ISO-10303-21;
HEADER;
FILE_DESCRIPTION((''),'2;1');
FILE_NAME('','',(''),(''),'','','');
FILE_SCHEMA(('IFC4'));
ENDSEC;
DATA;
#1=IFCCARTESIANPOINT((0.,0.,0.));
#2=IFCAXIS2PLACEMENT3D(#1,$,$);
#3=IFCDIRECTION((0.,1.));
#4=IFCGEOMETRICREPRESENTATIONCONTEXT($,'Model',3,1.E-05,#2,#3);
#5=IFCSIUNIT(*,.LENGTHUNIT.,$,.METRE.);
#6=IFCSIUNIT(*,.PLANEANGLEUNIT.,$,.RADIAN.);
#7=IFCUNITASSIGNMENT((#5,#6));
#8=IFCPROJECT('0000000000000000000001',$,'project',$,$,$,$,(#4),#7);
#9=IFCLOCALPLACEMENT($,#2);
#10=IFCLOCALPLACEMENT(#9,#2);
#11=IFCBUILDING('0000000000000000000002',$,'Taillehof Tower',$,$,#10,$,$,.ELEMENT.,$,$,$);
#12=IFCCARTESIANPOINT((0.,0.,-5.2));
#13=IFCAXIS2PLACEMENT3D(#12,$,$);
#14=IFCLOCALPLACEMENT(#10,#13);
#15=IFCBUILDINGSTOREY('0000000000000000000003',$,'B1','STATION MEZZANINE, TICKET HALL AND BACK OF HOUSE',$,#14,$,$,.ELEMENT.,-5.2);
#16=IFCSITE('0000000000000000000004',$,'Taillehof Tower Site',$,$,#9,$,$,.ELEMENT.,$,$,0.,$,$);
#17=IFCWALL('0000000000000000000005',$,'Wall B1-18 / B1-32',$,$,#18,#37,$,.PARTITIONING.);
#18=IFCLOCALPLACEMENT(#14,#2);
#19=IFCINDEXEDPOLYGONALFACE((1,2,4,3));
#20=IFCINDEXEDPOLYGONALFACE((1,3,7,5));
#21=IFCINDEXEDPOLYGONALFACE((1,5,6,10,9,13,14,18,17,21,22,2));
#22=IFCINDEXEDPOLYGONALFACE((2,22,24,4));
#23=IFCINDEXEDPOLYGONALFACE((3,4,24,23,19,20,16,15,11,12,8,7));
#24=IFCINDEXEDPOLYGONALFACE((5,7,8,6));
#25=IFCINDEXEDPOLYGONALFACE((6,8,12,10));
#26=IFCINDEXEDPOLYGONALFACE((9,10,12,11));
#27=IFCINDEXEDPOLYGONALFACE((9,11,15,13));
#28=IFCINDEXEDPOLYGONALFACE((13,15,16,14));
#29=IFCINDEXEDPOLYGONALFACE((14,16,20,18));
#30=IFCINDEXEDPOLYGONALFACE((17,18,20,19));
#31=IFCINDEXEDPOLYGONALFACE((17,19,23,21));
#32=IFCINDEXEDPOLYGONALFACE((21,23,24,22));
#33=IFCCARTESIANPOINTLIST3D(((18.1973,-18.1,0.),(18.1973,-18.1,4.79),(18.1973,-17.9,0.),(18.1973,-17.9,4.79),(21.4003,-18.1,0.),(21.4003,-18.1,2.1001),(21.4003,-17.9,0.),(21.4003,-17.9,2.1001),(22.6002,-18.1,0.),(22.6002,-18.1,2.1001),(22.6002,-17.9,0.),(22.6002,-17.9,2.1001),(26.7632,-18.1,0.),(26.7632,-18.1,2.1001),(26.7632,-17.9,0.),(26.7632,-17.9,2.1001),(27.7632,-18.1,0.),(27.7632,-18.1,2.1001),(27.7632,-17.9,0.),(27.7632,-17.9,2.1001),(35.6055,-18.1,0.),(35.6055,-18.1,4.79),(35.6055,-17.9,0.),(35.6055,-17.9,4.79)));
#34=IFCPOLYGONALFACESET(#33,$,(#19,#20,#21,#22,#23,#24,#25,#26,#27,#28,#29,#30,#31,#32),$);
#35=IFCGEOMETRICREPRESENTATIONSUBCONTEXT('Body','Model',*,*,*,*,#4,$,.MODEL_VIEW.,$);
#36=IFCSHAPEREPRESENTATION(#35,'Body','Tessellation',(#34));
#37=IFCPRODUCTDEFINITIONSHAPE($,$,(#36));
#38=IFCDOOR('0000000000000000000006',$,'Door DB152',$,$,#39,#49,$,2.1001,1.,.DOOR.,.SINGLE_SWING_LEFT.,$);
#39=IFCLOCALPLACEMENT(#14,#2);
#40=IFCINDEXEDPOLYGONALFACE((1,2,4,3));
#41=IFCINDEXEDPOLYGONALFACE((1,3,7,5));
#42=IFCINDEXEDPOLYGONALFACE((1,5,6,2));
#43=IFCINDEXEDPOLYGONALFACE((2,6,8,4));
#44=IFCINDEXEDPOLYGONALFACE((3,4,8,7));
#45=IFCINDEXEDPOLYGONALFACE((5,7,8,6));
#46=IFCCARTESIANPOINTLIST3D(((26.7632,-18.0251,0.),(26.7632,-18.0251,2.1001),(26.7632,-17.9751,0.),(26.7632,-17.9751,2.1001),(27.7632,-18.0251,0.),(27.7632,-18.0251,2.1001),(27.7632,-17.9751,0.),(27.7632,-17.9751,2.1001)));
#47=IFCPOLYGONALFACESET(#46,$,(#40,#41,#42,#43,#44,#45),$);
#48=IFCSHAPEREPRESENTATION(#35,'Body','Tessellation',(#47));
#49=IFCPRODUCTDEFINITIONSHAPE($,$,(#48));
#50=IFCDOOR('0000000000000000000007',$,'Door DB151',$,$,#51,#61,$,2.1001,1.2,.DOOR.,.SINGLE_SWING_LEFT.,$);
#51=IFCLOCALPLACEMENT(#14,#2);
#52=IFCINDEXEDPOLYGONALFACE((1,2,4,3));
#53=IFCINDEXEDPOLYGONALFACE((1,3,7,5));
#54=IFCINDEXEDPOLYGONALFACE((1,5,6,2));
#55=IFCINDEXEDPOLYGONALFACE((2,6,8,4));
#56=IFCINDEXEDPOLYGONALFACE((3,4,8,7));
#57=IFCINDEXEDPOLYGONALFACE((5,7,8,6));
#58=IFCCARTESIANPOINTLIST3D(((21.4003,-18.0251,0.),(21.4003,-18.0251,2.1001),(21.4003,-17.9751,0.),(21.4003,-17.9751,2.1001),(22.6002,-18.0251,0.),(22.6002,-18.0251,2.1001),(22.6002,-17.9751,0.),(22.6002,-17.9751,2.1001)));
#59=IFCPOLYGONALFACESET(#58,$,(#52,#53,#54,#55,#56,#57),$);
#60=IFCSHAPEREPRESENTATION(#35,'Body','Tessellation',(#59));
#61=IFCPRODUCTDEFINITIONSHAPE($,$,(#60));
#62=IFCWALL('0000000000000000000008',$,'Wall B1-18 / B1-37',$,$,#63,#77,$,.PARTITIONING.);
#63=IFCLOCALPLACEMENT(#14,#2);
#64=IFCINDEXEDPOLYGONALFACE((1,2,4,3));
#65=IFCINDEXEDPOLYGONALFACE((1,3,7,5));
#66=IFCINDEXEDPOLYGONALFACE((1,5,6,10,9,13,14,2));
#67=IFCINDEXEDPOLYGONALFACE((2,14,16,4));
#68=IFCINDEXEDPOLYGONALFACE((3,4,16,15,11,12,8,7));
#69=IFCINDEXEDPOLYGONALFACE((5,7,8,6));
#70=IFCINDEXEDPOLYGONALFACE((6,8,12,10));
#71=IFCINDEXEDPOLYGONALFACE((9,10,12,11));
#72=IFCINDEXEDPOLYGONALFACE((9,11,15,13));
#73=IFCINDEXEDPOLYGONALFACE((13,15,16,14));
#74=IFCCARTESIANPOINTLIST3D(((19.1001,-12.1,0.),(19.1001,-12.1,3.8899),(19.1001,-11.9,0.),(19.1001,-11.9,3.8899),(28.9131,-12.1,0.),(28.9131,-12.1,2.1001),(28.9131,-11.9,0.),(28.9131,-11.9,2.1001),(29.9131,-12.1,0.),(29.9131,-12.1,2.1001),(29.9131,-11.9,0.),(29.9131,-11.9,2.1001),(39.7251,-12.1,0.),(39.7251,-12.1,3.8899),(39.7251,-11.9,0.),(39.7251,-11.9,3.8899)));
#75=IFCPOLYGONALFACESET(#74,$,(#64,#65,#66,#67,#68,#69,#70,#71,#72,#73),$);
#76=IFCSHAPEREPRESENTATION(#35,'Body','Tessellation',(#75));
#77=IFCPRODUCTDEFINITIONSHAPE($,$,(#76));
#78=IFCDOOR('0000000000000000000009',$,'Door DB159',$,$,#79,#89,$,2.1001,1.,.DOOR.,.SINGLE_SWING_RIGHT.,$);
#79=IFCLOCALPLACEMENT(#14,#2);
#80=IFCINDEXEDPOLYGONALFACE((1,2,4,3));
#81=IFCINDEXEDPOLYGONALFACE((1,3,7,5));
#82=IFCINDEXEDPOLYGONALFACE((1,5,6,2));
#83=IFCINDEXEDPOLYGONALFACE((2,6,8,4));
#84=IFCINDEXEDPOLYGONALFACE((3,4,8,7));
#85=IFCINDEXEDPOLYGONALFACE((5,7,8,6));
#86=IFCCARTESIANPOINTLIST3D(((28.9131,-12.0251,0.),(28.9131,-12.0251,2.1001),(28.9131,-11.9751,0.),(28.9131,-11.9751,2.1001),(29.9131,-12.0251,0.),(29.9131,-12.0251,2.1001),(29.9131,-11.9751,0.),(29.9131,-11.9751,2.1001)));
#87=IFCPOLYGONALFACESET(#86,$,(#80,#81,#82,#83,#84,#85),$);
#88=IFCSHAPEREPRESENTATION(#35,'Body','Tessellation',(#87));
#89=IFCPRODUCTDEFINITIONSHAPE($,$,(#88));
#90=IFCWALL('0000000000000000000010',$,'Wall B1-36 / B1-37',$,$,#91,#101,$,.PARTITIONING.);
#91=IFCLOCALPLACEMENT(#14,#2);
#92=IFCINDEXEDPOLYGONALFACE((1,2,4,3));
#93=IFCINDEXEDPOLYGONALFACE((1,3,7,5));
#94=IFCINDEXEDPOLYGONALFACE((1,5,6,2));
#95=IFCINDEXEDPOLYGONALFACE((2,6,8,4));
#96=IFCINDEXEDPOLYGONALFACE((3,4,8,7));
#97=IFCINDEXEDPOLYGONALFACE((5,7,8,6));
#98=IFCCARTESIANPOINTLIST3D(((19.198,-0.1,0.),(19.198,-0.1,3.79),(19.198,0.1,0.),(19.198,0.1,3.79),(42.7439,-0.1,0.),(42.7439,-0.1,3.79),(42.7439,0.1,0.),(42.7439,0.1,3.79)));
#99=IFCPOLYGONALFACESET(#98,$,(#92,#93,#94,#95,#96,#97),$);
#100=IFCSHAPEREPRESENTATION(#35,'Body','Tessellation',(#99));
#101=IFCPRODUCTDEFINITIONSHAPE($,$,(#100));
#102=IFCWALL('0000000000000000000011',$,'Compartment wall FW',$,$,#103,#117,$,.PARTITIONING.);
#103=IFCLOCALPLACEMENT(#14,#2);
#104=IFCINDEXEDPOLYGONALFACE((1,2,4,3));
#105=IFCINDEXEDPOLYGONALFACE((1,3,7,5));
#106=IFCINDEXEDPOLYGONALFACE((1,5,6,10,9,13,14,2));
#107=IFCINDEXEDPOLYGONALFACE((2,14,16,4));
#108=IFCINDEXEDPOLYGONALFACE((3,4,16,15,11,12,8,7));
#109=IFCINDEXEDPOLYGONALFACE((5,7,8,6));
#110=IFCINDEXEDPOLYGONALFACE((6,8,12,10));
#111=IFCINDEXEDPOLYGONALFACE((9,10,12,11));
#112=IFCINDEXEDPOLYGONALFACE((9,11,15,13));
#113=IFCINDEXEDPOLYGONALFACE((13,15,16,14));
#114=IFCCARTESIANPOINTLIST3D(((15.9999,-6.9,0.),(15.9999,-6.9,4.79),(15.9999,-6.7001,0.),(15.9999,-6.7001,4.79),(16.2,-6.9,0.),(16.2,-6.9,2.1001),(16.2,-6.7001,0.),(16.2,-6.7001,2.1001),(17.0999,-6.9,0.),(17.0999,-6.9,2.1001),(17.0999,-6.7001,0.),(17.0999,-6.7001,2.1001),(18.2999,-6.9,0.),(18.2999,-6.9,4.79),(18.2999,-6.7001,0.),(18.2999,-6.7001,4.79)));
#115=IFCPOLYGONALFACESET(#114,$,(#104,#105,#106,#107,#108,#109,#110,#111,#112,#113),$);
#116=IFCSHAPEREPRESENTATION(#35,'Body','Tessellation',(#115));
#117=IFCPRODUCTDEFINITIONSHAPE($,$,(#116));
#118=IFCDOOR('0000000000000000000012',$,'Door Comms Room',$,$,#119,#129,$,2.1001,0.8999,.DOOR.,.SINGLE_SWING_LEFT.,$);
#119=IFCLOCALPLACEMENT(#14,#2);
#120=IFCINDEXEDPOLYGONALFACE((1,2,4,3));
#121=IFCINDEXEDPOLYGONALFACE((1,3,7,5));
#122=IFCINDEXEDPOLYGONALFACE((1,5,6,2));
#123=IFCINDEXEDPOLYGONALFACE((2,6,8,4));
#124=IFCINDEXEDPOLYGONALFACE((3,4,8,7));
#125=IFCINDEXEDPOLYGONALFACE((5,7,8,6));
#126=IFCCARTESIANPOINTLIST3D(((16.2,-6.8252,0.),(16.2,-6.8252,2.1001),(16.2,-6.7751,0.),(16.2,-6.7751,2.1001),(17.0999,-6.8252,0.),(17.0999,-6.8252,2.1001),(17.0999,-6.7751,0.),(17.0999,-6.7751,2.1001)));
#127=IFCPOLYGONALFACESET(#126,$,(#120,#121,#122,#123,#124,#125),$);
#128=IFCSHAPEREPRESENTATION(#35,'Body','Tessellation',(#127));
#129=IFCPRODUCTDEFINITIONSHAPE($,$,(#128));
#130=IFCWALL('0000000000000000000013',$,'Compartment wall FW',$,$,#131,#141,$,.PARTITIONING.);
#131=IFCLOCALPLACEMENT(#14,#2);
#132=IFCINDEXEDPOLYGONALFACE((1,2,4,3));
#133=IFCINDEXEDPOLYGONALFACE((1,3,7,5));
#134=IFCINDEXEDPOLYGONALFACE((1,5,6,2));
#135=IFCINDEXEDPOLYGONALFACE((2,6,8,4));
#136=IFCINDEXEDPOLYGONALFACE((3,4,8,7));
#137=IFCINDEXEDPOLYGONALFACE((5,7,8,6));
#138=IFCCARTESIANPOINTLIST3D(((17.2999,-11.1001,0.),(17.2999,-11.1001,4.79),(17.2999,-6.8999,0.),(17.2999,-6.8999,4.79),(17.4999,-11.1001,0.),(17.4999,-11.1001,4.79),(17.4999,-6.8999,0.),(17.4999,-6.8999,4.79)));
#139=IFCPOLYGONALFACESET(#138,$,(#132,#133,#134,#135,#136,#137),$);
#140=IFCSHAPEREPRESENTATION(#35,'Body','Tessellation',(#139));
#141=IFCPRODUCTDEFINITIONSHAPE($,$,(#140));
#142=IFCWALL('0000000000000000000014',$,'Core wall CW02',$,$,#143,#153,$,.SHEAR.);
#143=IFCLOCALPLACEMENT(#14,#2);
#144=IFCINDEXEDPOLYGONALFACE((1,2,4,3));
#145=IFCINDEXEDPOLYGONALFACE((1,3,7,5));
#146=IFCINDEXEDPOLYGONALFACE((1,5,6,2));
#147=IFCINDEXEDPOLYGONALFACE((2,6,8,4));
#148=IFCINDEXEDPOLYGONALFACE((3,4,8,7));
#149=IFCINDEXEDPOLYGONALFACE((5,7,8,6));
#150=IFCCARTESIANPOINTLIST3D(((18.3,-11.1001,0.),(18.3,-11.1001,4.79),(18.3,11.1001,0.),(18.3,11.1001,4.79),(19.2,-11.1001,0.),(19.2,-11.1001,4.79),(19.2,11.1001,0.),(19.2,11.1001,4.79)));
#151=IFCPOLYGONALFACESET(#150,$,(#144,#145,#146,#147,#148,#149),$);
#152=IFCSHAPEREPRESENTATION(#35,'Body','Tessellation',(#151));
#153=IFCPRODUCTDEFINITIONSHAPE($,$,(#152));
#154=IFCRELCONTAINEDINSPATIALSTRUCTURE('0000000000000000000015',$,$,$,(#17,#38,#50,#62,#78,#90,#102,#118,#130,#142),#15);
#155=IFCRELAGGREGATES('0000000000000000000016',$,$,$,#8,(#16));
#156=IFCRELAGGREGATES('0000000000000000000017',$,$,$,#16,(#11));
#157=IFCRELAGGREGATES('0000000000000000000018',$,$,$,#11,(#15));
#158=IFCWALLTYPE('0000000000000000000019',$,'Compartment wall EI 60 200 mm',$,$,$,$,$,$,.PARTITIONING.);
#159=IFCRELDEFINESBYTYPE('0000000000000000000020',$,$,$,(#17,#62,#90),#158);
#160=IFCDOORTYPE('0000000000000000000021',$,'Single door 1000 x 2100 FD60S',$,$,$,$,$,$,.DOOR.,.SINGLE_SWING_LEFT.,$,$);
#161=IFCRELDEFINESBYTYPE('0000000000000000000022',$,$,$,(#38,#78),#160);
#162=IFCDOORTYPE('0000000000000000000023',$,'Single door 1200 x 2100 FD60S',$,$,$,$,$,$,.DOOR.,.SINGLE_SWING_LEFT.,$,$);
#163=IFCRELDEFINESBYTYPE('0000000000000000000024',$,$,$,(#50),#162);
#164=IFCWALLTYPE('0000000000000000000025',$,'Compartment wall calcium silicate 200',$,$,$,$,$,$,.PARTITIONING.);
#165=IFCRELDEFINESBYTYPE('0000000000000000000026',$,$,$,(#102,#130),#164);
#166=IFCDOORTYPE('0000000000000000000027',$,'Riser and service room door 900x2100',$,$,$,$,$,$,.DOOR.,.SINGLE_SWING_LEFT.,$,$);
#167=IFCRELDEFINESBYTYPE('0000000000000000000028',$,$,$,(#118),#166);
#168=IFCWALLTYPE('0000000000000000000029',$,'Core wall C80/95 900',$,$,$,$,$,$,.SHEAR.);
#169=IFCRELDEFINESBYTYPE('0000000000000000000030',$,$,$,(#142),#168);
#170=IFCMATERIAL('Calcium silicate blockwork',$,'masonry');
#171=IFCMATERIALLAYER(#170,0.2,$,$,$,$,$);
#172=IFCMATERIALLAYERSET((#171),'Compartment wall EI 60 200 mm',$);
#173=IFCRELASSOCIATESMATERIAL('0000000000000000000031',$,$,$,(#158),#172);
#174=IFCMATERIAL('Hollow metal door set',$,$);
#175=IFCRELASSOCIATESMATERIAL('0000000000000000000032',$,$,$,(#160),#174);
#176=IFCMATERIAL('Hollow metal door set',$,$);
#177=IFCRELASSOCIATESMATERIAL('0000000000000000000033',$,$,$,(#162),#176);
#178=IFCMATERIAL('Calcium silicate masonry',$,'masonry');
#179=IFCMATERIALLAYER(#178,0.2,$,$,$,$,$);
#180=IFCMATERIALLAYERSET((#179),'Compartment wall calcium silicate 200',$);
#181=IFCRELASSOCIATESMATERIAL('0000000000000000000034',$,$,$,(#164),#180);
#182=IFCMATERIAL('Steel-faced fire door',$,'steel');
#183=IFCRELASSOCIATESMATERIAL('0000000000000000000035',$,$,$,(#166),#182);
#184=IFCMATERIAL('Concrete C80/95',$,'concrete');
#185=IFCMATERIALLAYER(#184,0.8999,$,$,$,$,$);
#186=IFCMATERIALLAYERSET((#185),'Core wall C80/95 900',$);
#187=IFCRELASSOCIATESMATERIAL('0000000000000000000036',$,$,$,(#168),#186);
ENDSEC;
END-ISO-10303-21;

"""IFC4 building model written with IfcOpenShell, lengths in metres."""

from ifc_helpers import new_model, si_unit, direction, frame, frame_2d, origin, place, context, subcontext, project, spatial, rectangle, extrude, material, layer, layer_set, type_object, element, fill, save


model = new_model("IFC4")

# Units and contexts
model_context = context("Model", 3, precision=1e-05, world=origin(), true_north=direction((0.0, 1.0)))
body_context = subcontext(model_context, "Body", "Model", "MODEL_VIEW")
ifc_project = project(units=[si_unit("LENGTHUNIT", "METRE"), si_unit("PLANEANGLEUNIT", "RADIAN")], contexts=[model_context])

# Site, building, storey
site_placement = place(None, origin())
site = spatial("IfcSite", under=ifc_project, at=site_placement, Name="Taillehof Tower Site", CompositionType="ELEMENT", RefElevation=0.0)
building_placement = place(site_placement, origin())
building = spatial("IfcBuilding", under=site, at=building_placement, Name="Taillehof Tower", CompositionType="ELEMENT")
storey_placement = place(building_placement, frame((0.0, 0.0, -5.2)))
storey = spatial("IfcBuildingStorey", under=building, at=storey_placement, Name="B1", Description="STATION MEZZANINE, TICKET HALL AND BACK OF HOUSE", CompositionType="ELEMENT", Elevation=-5.2)

# Wall, openings, doors
ifc_material_1 = material(Name="Calcium silicate blockwork", Category="masonry")
ifc_layer_1 = layer(ifc_material_1, 0.2)
ifc_layer_set_1 = layer_set([ifc_layer_1], Name="Compartment wall EI 60 200 mm")
wall_type_1 = type_object("IfcWallType", Name="Compartment wall EI 60 200 mm", PredefinedType="PARTITIONING", material=ifc_layer_set_1)
wall_1_placement = place(storey_placement, frame((18.1973, -18.0, 0.0), z_axis=(0.0, 0.0, 1.0), x_axis=(1.0, 0.0, 0.0)))
wall_1 = element("IfcWall", 1, at=wall_1_placement, inside=storey, type_object=wall_type_1, Name="Wall B1-18 / B1-32", PredefinedType="PARTITIONING", context=body_context, shape_type="SweptSolid", body=[
    extrude(rectangle(XDim=17.4082, YDim=0.2, at=frame_2d((8.7041, 0.0))), origin(), (0.0, 0.0, 1.0), 4.79),
])
opening_1_placement = place(wall_1_placement, frame((3.2029, 0.0, 0.0)))
opening_1 = element("IfcOpeningElement", 2, at=opening_1_placement, cuts=wall_1, PredefinedType="OPENING", context=body_context, shape_type="SweptSolid", body=[
    extrude(rectangle(XDim=1.2, YDim=2.1001, at=frame_2d((0.6001, 1.05))), frame((0.0, 0.1099, 0.0), z_axis=(0.0, -1.0, 0.0), x_axis=(1.0, 0.0, 0.0)), (0.0, 0.0, 1.0), 0.22),
])
opening_2_placement = place(wall_1_placement, frame((8.5659, 0.0, 0.0)))
opening_2 = element("IfcOpeningElement", 3, at=opening_2_placement, cuts=wall_1, PredefinedType="OPENING", context=body_context, shape_type="SweptSolid", body=[
    extrude(rectangle(XDim=1.0, YDim=2.1001, at=frame_2d((0.5, 1.05))), frame((0.0, 0.1099, 0.0), z_axis=(0.0, -1.0, 0.0), x_axis=(1.0, 0.0, 0.0)), (0.0, 0.0, 1.0), 0.22),
])
ifc_material_2 = material(Name="Hollow metal door set")
door_type_1 = type_object("IfcDoorType", Name="Single door 1000 x 2100 FD60S", OperationType="SINGLE_SWING_LEFT", PredefinedType="DOOR", material=ifc_material_2)
door_1_placement = place(opening_2_placement, origin())
door_1 = element("IfcDoor", 4, at=door_1_placement, inside=storey, type_object=door_type_1, Name="Door DB152", OperationType="SINGLE_SWING_LEFT", OverallHeight=2.1001, OverallWidth=1.0, PredefinedType="DOOR", context=body_context, shape_type="SweptSolid", body=[
    extrude(rectangle(XDim=1.0, YDim=2.1001, at=frame_2d((0.5, 1.05))), frame((0.0, 0.0249, 0.0), z_axis=(0.0, -1.0, 0.0), x_axis=(1.0, 0.0, 0.0)), (0.0, 0.0, 1.0), 0.05),
])
fill(opening_2, door_1)
ifc_material_3 = material(Name="Hollow metal door set")
door_type_2 = type_object("IfcDoorType", Name="Single door 1200 x 2100 FD60S", OperationType="SINGLE_SWING_LEFT", PredefinedType="DOOR", material=ifc_material_3)
door_2_placement = place(opening_1_placement, origin())
door_2 = element("IfcDoor", 5, at=door_2_placement, inside=storey, type_object=door_type_2, Name="Door DB151", OperationType="SINGLE_SWING_LEFT", OverallHeight=2.1001, OverallWidth=1.2, PredefinedType="DOOR", context=body_context, shape_type="SweptSolid", body=[
    extrude(rectangle(XDim=1.2, YDim=2.1001, at=frame_2d((0.6001, 1.05))), frame((0.0, 0.0249, 0.0), z_axis=(0.0, -1.0, 0.0), x_axis=(1.0, 0.0, 0.0)), (0.0, 0.0, 1.0), 0.05),
])
fill(opening_1, door_2)

# Wall, opening, door
wall_2_placement = place(storey_placement, frame((19.1001, -12.0, 0.0), z_axis=(0.0, 0.0, 1.0), x_axis=(1.0, 0.0, 0.0)))
wall_2 = element("IfcWall", 6, at=wall_2_placement, inside=storey, type_object=wall_type_1, Name="Wall B1-18 / B1-37", PredefinedType="PARTITIONING", context=body_context, shape_type="SweptSolid", body=[
    extrude(rectangle(XDim=20.625, YDim=0.2, at=frame_2d((10.3125, 0.0))), origin(), (0.0, 0.0, 1.0), 3.8899),
])
opening_3_placement = place(wall_2_placement, frame((9.813, 0.0, 0.0)))
opening_3 = element("IfcOpeningElement", 7, at=opening_3_placement, cuts=wall_2, PredefinedType="OPENING", context=body_context, shape_type="SweptSolid", body=[
    extrude(rectangle(XDim=1.0, YDim=2.1001, at=frame_2d((0.5, 1.05))), frame((0.0, 0.1099, 0.0), z_axis=(0.0, -1.0, 0.0), x_axis=(1.0, 0.0, 0.0)), (0.0, 0.0, 1.0), 0.22),
])
door_3_placement = place(opening_3_placement, origin())
door_3 = element("IfcDoor", 8, at=door_3_placement, inside=storey, type_object=door_type_1, Name="Door DB159", OperationType="SINGLE_SWING_RIGHT", OverallHeight=2.1001, OverallWidth=1.0, PredefinedType="DOOR", context=body_context, shape_type="SweptSolid", body=[
    extrude(rectangle(XDim=1.0, YDim=2.1001, at=frame_2d((0.5, 1.05))), frame((0.0, 0.0249, 0.0), z_axis=(0.0, -1.0, 0.0), x_axis=(1.0, 0.0, 0.0)), (0.0, 0.0, 1.0), 0.05),
])
fill(opening_3, door_3)

# Wall
wall_3_placement = place(storey_placement, frame((19.198, 0.0, 0.0), z_axis=(0.0, 0.0, 1.0), x_axis=(1.0, 0.0, 0.0)))
element("IfcWall", 9, at=wall_3_placement, inside=storey, type_object=wall_type_1, Name="Wall B1-36 / B1-37", PredefinedType="PARTITIONING", context=body_context, shape_type="SweptSolid", body=[
    extrude(rectangle(XDim=23.5459, YDim=0.2, at=frame_2d((11.7729, 0.0))), origin(), (0.0, 0.0, 1.0), 3.79),
])

# Wall, opening, door
ifc_material_4 = material(Name="Calcium silicate masonry", Category="masonry")
ifc_layer_2 = layer(ifc_material_4, 0.2)
ifc_layer_set_2 = layer_set([ifc_layer_2], Name="Compartment wall calcium silicate 200")
wall_type_2 = type_object("IfcWallType", Name="Compartment wall calcium silicate 200", PredefinedType="PARTITIONING", material=ifc_layer_set_2)
wall_4_placement = place(storey_placement, frame((16.0, -6.8, 0.0), z_axis=(0.0, 0.0, 1.0), x_axis=(1.0, 0.0, 0.0)))
wall_4 = element("IfcWall", 10, at=wall_4_placement, inside=storey, type_object=wall_type_2, Name="Compartment wall FW", PredefinedType="PARTITIONING", context=body_context, shape_type="SweptSolid", body=[
    extrude(rectangle(XDim=2.3, YDim=0.2, at=frame_2d((1.1499, 0.0))), origin(), (0.0, 0.0, 1.0), 4.79),
])
opening_4_placement = place(wall_4_placement, frame((0.2, 0.0, 0.0)))
opening_4 = element("IfcOpeningElement", 11, at=opening_4_placement, cuts=wall_4, PredefinedType="OPENING", context=body_context, shape_type="SweptSolid", body=[
    extrude(rectangle(XDim=0.8999, YDim=2.1001, at=frame_2d((0.45, 1.05))), frame((0.0, 0.1099, 0.0), z_axis=(0.0, -1.0, 0.0), x_axis=(1.0, 0.0, 0.0)), (0.0, 0.0, 1.0), 0.22),
])
ifc_material_5 = material(Name="Steel-faced fire door", Category="steel")
door_type_3 = type_object("IfcDoorType", Name="Riser and service room door 900x2100", OperationType="SINGLE_SWING_LEFT", PredefinedType="DOOR", material=ifc_material_5)
door_4_placement = place(opening_4_placement, origin())
door_4 = element("IfcDoor", 12, at=door_4_placement, inside=storey, type_object=door_type_3, Name="Door Comms Room", OperationType="SINGLE_SWING_LEFT", OverallHeight=2.1001, OverallWidth=0.8999, PredefinedType="DOOR", context=body_context, shape_type="SweptSolid", body=[
    extrude(rectangle(XDim=0.8999, YDim=2.1001, at=frame_2d((0.45, 1.05))), frame((0.0, 0.0249, 0.0), z_axis=(0.0, -1.0, 0.0), x_axis=(1.0, 0.0, 0.0)), (0.0, 0.0, 1.0), 0.05),
])
fill(opening_4, door_4)

# Walls
wall_5_placement = place(storey_placement, frame((17.3999, -11.1001, 0.0), z_axis=(0.0, 0.0, 1.0), x_axis=(0.0, 1.0, 0.0)))
element("IfcWall", 13, at=wall_5_placement, inside=storey, type_object=wall_type_2, Name="Compartment wall FW", PredefinedType="PARTITIONING", context=body_context, shape_type="SweptSolid", body=[
    extrude(rectangle(XDim=4.2002, YDim=0.2, at=frame_2d((2.1001, 0.0))), origin(), (0.0, 0.0, 1.0), 4.79),
])
ifc_material_6 = material(Name="Concrete C80/95", Category="concrete")
ifc_layer_3 = layer(ifc_material_6, 0.8999)
ifc_layer_set_3 = layer_set([ifc_layer_3], Name="Core wall C80/95 900")
wall_type_3 = type_object("IfcWallType", Name="Core wall C80/95 900", PredefinedType="SHEAR", material=ifc_layer_set_3)
wall_6_placement = place(storey_placement, frame((18.75, -11.1001, 0.0), z_axis=(0.0, 0.0, 1.0), x_axis=(0.0, 1.0, 0.0)))
element("IfcWall", 14, at=wall_6_placement, inside=storey, type_object=wall_type_3, Name="Core wall CW02", PredefinedType="SHEAR", context=body_context, shape_type="SweptSolid", body=[
    extrude(rectangle(XDim=22.2002, YDim=0.8999, at=frame_2d((11.1001, 0.0))), origin(), (0.0, 0.0, 1.0), 4.79),
])

save(model, "model.ifc")
